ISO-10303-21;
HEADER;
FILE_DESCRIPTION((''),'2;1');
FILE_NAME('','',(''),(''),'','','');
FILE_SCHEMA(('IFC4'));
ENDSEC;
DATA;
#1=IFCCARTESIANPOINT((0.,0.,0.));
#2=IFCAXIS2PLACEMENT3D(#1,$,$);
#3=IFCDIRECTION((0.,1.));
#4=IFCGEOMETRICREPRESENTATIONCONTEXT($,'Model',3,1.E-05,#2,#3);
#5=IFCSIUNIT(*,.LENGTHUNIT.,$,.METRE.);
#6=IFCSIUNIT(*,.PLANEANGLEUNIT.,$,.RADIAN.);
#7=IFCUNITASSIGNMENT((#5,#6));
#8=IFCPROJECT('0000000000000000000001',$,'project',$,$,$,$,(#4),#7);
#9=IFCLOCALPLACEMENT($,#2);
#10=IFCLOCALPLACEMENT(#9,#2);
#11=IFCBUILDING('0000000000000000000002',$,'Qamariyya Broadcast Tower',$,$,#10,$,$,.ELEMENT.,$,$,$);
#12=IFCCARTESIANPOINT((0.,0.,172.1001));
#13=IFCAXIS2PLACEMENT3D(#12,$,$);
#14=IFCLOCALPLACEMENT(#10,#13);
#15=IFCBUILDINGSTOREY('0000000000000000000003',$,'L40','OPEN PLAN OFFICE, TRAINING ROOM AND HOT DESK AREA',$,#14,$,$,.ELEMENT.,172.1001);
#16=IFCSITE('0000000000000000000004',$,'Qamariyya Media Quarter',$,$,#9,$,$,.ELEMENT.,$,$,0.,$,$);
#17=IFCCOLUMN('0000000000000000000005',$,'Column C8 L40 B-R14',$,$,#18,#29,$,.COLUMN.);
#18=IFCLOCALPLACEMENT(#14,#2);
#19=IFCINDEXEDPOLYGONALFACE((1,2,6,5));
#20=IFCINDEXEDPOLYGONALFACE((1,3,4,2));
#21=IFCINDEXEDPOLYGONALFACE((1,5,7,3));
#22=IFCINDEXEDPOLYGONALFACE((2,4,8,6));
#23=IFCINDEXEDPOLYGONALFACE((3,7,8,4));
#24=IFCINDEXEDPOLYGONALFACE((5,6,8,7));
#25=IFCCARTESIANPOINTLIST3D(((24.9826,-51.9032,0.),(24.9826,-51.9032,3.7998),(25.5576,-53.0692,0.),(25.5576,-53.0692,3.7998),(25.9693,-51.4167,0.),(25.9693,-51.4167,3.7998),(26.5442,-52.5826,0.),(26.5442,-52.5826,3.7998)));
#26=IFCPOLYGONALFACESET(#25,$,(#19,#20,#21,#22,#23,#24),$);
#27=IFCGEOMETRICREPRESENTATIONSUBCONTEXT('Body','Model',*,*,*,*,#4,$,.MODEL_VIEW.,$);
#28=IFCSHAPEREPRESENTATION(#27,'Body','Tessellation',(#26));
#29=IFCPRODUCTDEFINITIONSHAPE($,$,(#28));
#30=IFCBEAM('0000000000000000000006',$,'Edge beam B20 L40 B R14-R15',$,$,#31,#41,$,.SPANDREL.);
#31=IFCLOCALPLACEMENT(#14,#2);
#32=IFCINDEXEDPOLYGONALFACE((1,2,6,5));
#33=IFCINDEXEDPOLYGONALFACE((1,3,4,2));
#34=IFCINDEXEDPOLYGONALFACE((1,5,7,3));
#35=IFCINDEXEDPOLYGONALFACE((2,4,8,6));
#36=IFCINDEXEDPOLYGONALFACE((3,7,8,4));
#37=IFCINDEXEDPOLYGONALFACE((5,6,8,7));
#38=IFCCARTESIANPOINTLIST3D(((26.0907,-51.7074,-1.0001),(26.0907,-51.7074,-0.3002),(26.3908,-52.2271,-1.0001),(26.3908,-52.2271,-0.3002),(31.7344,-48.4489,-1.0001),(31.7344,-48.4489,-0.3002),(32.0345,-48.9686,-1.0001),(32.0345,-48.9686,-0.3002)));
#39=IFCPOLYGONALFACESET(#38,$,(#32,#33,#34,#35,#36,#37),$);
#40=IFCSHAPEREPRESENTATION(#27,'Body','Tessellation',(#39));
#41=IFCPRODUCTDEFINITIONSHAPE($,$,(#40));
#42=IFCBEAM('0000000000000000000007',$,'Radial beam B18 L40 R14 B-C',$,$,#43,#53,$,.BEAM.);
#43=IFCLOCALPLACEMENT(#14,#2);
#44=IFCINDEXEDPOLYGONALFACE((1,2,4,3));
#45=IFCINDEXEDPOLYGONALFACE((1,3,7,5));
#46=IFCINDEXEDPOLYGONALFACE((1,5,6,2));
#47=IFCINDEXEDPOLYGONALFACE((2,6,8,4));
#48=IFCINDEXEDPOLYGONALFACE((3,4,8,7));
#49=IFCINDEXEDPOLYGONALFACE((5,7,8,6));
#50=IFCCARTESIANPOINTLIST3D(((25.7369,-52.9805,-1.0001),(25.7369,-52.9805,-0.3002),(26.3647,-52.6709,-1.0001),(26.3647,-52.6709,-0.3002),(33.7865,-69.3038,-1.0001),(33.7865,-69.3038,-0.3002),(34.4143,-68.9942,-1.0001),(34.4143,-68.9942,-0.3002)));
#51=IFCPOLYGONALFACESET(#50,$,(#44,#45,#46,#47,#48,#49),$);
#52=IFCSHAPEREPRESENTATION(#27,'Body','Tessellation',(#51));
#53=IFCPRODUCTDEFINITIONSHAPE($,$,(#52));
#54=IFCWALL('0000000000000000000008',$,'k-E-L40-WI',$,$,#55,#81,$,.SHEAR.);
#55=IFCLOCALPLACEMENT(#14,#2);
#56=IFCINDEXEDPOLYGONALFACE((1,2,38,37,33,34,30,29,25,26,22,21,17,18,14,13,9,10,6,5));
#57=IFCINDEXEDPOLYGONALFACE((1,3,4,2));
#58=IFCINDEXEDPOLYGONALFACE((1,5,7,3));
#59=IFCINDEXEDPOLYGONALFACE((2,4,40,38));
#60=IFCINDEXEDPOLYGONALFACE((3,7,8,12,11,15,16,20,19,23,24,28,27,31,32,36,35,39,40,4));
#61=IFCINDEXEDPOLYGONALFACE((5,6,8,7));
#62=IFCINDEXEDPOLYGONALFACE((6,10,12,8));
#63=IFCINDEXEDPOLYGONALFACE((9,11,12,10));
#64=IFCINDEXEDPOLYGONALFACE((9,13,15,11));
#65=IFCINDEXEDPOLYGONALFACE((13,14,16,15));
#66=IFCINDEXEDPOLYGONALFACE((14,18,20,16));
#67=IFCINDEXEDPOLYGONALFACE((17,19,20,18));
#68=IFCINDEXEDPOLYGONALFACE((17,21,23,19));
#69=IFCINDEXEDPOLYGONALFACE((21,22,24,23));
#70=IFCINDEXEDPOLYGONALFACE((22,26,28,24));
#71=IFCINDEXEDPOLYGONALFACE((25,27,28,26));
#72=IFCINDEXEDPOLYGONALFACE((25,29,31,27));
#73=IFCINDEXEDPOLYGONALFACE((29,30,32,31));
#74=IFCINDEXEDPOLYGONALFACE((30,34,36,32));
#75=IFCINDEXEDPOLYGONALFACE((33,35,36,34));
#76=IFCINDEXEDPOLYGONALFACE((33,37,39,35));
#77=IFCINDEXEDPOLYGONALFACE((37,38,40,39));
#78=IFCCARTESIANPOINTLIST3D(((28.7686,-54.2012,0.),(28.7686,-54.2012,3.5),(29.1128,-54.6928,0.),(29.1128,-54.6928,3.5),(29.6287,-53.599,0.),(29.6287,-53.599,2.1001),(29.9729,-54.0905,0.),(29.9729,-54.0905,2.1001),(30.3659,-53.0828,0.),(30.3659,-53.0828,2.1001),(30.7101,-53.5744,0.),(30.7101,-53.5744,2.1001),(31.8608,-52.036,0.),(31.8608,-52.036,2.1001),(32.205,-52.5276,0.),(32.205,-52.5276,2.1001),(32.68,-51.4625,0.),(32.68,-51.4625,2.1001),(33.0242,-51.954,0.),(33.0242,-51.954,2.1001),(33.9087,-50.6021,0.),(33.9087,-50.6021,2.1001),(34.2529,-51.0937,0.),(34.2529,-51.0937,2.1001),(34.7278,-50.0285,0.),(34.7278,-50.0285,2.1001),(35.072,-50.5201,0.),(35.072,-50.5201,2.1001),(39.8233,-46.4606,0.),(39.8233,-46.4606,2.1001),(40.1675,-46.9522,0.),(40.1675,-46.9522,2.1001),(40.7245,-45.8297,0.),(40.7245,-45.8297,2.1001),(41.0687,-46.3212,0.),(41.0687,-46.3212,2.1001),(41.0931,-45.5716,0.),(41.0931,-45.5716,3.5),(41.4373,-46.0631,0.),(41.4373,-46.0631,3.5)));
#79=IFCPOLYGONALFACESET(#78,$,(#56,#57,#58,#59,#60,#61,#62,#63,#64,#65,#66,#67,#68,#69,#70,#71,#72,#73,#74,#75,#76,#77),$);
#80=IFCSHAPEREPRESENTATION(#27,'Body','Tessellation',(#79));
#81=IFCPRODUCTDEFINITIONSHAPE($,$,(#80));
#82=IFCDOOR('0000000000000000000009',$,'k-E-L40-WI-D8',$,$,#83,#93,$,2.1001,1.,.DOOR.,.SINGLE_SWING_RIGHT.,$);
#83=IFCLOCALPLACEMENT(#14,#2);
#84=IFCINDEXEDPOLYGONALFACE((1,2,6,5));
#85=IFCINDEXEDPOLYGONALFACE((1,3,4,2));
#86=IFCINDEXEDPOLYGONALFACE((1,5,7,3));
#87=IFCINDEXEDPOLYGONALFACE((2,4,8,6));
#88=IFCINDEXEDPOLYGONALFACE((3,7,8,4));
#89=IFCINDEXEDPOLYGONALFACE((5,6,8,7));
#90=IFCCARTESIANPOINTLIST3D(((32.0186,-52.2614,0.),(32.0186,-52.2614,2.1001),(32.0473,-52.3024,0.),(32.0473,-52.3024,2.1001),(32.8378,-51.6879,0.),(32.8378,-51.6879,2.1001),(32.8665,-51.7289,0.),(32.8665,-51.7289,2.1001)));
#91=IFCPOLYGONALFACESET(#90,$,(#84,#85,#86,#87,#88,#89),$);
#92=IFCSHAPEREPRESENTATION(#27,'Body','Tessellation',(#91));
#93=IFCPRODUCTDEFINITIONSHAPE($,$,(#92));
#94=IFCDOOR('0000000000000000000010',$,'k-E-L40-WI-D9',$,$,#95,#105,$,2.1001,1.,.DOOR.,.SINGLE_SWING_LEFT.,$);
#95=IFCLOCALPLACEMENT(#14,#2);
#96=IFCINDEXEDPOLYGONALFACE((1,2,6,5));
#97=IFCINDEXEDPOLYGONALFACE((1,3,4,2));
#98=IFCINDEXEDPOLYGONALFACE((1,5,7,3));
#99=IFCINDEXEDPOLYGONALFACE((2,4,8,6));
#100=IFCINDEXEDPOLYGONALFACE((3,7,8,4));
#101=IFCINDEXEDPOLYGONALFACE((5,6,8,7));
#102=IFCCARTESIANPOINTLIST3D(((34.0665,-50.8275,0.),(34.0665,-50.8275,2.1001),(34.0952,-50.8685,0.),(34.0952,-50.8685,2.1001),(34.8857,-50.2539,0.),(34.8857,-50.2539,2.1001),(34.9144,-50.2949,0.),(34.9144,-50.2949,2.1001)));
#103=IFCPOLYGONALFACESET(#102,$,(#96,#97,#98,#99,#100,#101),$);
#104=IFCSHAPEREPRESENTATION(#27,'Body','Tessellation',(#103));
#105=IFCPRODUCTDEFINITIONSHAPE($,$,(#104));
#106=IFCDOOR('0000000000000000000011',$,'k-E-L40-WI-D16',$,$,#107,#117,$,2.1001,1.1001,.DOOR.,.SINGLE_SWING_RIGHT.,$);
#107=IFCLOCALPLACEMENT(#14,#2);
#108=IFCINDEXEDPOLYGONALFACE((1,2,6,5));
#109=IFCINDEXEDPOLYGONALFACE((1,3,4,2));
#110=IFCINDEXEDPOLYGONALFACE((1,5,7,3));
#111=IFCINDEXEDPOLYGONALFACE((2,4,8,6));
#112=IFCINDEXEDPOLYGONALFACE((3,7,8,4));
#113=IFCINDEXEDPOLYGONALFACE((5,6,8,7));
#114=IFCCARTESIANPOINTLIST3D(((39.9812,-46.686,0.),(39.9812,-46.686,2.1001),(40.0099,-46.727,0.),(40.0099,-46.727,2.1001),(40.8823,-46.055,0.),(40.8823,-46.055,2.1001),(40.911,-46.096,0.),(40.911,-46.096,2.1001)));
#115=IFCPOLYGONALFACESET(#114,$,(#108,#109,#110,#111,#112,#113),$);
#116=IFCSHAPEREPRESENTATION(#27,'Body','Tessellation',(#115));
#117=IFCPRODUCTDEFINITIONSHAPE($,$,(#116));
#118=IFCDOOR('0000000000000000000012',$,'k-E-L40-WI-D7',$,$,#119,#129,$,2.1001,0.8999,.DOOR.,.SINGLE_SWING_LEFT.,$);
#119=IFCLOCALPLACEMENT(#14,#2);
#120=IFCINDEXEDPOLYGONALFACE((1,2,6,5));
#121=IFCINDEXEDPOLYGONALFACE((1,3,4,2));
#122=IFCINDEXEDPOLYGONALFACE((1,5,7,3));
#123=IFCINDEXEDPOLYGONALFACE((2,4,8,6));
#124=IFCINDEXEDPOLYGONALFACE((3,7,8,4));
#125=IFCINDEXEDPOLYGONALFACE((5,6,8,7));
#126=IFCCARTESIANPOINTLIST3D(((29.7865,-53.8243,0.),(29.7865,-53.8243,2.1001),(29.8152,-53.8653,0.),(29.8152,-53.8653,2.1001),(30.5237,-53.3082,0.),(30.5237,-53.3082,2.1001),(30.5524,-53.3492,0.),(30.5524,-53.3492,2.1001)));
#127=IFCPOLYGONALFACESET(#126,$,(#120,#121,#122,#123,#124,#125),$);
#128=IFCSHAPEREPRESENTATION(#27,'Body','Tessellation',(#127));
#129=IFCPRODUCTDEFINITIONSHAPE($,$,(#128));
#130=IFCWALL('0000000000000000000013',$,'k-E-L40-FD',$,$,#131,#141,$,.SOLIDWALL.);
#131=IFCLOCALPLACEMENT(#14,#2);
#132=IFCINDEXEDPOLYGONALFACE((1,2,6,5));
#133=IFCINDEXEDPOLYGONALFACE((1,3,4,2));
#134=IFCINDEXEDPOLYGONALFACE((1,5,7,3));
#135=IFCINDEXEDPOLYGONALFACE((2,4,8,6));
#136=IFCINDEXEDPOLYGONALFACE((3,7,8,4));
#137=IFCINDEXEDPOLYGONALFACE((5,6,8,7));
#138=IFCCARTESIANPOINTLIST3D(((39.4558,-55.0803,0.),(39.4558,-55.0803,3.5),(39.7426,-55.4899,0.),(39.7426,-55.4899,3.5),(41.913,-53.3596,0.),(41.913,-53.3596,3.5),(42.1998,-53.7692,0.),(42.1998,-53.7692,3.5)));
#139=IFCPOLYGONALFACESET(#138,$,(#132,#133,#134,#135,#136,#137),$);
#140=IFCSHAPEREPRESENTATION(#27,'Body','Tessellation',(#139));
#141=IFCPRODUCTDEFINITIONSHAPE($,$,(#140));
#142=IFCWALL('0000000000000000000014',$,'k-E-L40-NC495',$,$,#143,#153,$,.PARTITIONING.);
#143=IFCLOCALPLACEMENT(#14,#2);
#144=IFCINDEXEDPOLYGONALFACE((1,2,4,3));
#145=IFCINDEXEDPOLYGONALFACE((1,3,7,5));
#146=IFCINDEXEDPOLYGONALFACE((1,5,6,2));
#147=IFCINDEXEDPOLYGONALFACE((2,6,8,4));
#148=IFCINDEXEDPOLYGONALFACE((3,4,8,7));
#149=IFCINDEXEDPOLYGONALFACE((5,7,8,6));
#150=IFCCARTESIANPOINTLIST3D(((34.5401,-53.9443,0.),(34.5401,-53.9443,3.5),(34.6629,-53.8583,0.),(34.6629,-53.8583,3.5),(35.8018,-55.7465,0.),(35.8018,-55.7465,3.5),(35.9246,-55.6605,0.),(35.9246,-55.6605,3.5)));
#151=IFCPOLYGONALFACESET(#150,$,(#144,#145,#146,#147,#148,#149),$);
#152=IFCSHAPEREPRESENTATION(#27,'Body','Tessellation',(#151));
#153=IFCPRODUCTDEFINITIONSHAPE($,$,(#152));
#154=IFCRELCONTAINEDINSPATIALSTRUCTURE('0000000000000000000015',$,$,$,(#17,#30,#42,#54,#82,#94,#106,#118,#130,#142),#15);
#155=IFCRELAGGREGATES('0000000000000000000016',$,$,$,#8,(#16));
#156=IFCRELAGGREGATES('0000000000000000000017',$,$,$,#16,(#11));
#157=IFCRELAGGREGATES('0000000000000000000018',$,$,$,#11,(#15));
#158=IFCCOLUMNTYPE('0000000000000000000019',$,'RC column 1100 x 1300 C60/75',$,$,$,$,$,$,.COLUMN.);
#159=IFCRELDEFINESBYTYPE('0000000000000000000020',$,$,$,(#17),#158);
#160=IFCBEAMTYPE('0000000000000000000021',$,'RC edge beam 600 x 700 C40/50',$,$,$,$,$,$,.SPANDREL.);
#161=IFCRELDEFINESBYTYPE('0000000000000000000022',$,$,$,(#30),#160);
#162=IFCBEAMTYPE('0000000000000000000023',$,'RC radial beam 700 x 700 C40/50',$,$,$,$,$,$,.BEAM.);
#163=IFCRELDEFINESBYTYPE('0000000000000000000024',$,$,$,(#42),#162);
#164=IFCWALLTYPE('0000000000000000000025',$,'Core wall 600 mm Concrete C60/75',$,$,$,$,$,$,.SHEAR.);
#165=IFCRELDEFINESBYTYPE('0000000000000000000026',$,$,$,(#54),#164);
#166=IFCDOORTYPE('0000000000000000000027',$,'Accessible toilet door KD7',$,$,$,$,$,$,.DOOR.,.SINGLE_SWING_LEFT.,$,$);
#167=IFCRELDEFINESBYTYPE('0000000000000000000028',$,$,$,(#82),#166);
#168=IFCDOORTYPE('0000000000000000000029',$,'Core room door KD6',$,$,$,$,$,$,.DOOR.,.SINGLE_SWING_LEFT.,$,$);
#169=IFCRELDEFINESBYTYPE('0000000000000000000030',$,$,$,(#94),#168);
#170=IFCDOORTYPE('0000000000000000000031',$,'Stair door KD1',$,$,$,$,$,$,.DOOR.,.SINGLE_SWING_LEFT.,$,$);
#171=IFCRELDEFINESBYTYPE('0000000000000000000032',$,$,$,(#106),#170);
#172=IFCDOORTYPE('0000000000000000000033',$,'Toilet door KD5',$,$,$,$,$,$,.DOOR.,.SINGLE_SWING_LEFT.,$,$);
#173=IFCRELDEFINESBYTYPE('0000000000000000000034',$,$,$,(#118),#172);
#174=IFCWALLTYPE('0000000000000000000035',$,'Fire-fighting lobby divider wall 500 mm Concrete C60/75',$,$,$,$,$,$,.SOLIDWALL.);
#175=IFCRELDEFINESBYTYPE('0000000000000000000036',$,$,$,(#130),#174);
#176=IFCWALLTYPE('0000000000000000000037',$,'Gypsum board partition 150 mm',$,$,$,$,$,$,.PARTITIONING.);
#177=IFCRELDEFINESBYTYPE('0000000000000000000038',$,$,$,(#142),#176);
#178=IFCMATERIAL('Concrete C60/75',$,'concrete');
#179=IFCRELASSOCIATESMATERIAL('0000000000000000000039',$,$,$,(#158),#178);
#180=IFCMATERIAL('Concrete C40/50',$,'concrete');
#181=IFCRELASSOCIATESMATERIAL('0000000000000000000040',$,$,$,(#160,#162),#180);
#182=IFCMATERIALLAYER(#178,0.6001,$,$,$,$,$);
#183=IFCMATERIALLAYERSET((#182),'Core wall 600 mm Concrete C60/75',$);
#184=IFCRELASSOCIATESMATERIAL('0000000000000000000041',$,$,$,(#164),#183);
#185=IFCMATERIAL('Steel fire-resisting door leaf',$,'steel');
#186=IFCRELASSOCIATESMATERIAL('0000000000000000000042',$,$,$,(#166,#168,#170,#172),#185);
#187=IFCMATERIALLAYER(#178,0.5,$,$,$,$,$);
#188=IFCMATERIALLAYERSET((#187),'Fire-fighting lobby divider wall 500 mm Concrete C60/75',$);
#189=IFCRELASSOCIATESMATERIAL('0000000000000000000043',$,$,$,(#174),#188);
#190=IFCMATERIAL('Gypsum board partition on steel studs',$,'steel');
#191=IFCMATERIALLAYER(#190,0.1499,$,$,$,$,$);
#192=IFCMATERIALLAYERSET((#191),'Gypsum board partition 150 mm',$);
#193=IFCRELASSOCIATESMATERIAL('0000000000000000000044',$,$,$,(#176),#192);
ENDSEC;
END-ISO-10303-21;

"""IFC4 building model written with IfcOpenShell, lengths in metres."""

from ifc_helpers import new_model, si_unit, direction, frame, frame_2d, origin, origin_2d, place, context, subcontext, project, spatial, rectangle, extrude, material, layer, layer_set, material_profile, profile_set, type_object, element, fill, save


model = new_model("IFC4")

# Units and contexts
model_context = context("Model", 3, precision=1e-05, world=origin(), true_north=direction((0.0, 1.0)))
body_context = subcontext(model_context, "Body", "Model", "MODEL_VIEW")
ifc_project = project(units=[si_unit("LENGTHUNIT", "METRE"), si_unit("PLANEANGLEUNIT", "RADIAN")], contexts=[model_context])

# Site, building, storey
site_placement = place(None, origin())
site = spatial("IfcSite", under=ifc_project, at=site_placement, Name="Qamariyya Media Quarter", CompositionType="ELEMENT", RefElevation=0.0)
building_placement = place(site_placement, origin())
building = spatial("IfcBuilding", under=site, at=building_placement, Name="Qamariyya Broadcast Tower", CompositionType="ELEMENT")
storey_placement = place(building_placement, frame((0.0, 0.0, 172.1001)))
storey = spatial("IfcBuildingStorey", under=building, at=storey_placement, Name="L40", Description="OPEN PLAN OFFICE, TRAINING ROOM AND HOT DESK AREA", CompositionType="ELEMENT", Elevation=172.1001)

# Column
ifc_material_1 = material(Name="Concrete C60/75", Category="concrete")
ifc_material_profile_1 = material_profile(ifc_material_1, rectangle(XDim=1.1001, YDim=1.3, at=origin_2d()))
ifc_profile_set_1 = profile_set([ifc_material_profile_1], Name="Concrete C60/75")
column_type = type_object("IfcColumnType", Name="RC column 1100 x 1300 C60/75", PredefinedType="COLUMN", material=ifc_profile_set_1)
column_placement = place(storey_placement, frame((25.7634, -52.2429, 0.0), z_axis=(0.0, 0.0, 1.0), x_axis=(0.896873, 0.442289, 0.0)))
element("IfcColumn", 1, at=column_placement, inside=storey, type_object=column_type, Name="Column C8 L40 B-R14", PredefinedType="COLUMN", context=body_context, shape_type="SweptSolid", body=[
    extrude(rectangle(XDim=1.1001, YDim=1.3, at=origin_2d()), origin(), (0.0, 0.0, 1.0), 3.7998),
])

# Beams
ifc_material_2 = material(Name="Concrete C40/50", Category="concrete")
ifc_material_profile_2 = material_profile(ifc_material_2, rectangle(XDim=0.6001, YDim=0.7, at=origin_2d()))
ifc_profile_set_2 = profile_set([ifc_material_profile_2], Name="Concrete C40/50")
beam_type_1 = type_object("IfcBeamType", Name="RC edge beam 600 x 700 C40/50", PredefinedType="SPANDREL", material=ifc_profile_set_2)
beam_1_placement = place(storey_placement, frame((26.2407, -51.9673, -0.6501), z_axis=(0.866019, 0.500011, 0.0), x_axis=(-0.500011, 0.866019, 0.0)))
element("IfcBeam", 2, at=beam_1_placement, inside=storey, type_object=beam_type_1, Name="Edge beam B20 L40 B R14-R15", PredefinedType="SPANDREL", context=body_context, shape_type="SweptSolid", body=[
    extrude(rectangle(XDim=0.6001, YDim=0.7, at=origin_2d()), origin(), (0.0, 0.0, 1.0), 6.5168),
])
ifc_material_profile_3 = material_profile(ifc_material_2, rectangle(XDim=0.7, YDim=0.7, at=origin_2d()))
ifc_profile_set_3 = profile_set([ifc_material_profile_3], Name="Concrete C40/50")
beam_type_2 = type_object("IfcBeamType", Name="RC radial beam 700 x 700 C40/50", PredefinedType="BEAM", material=ifc_profile_set_3)
beam_2_placement = place(storey_placement, frame((26.0508, -52.8257, -0.6501), z_axis=(0.442281, -0.896876, 0.0), x_axis=(0.896876, 0.442281, 0.0)))
element("IfcBeam", 3, at=beam_2_placement, inside=storey, type_object=beam_type_2, Name="Radial beam B18 L40 R14 B-C", PredefinedType="BEAM", context=body_context, shape_type="SweptSolid", body=[
    extrude(rectangle(XDim=0.7, YDim=0.7, at=origin_2d()), origin(), (0.0, 0.0, 1.0), 18.2002),
])

# Wall, openings, doors
ifc_layer_1 = layer(ifc_material_1, 0.6001)
ifc_layer_set_1 = layer_set([ifc_layer_1], Name="Core wall 600 mm Concrete C60/75")
wall_type_1 = type_object("IfcWallType", Name="Core wall 600 mm Concrete C60/75", PredefinedType="SHEAR", material=ifc_layer_set_1)
wall_1_placement = place(storey_placement, frame((28.9407, -54.447, 0.0), z_axis=(0.0, 0.0, 1.0), x_axis=(0.819153, 0.573575, 0.0)))
wall_1 = element("IfcWall", 4, at=wall_1_placement, inside=storey, type_object=wall_type_1, Name="k-E-L40-WI", PredefinedType="SHEAR", context=body_context, shape_type="SweptSolid", body=[
    extrude(rectangle(XDim=15.0454, YDim=0.6001, at=frame_2d((7.5227, 0.0))), origin(), (0.0, 0.0, 1.0), 3.5),
])
opening_1_placement = place(wall_1_placement, frame((1.05, 0.0, 0.0)))
opening_1 = element("IfcOpeningElement", 5, at=opening_1_placement, cuts=wall_1, PredefinedType="OPENING", context=body_context, shape_type="SweptSolid", body=[
    extrude(rectangle(XDim=0.8999, YDim=2.1001, at=frame_2d((0.45, 1.05))), frame((0.0, 0.3101, 0.0), z_axis=(0.0, -1.0, 0.0), x_axis=(1.0, 0.0, 0.0)), (0.0, 0.0, 1.0), 0.6201),
])
opening_2_placement = place(wall_1_placement, frame((3.7749, 0.0, 0.0)))
opening_2 = element("IfcOpeningElement", 6, at=opening_2_placement, cuts=wall_1, PredefinedType="OPENING", context=body_context, shape_type="SweptSolid", body=[
    extrude(rectangle(XDim=1.0, YDim=2.1001, at=frame_2d((0.5, 1.05))), frame((0.0, 0.3101, 0.0), z_axis=(0.0, -1.0, 0.0), x_axis=(1.0, 0.0, 0.0)), (0.0, 0.0, 1.0), 0.6201),
])
opening_3_placement = place(wall_1_placement, frame((6.2749, 0.0, 0.0)))
opening_3 = element("IfcOpeningElement", 7, at=opening_3_placement, cuts=wall_1, PredefinedType="OPENING", context=body_context, shape_type="SweptSolid", body=[
    extrude(rectangle(XDim=1.0, YDim=2.1001, at=frame_2d((0.5, 1.05))), frame((0.0, 0.3101, 0.0), z_axis=(0.0, -1.0, 0.0), x_axis=(1.0, 0.0, 0.0)), (0.0, 0.0, 1.0), 0.6201),
])
opening_4_placement = place(wall_1_placement, frame((13.4954, 0.0, 0.0)))
opening_4 = element("IfcOpeningElement", 8, at=opening_4_placement, cuts=wall_1, PredefinedType="OPENING", context=body_context, shape_type="SweptSolid", body=[
    extrude(rectangle(XDim=1.1001, YDim=2.1001, at=frame_2d((0.55, 1.05))), frame((0.0, 0.3101, 0.0), z_axis=(0.0, -1.0, 0.0), x_axis=(1.0, 0.0, 0.0)), (0.0, 0.0, 1.0), 0.6201),
])
ifc_material_3 = material(Name="Steel fire-resisting door leaf", Category="steel")
door_type_1 = type_object("IfcDoorType", Name="Accessible toilet door KD7", OperationType="SINGLE_SWING_LEFT", PredefinedType="DOOR", material=ifc_material_3)
door_1_placement = place(opening_2_placement, origin())
door_1 = element("IfcDoor", 9, at=door_1_placement, inside=storey, type_object=door_type_1, Name="k-E-L40-WI-D8", OperationType="SINGLE_SWING_RIGHT", OverallHeight=2.1001, OverallWidth=1.0, PredefinedType="DOOR", context=body_context, shape_type="SweptSolid", body=[
    extrude(rectangle(XDim=1.0, YDim=2.1001, at=frame_2d((0.5, 1.05))), frame((0.0, 0.0249, 0.0), z_axis=(0.0, -1.0, 0.0), x_axis=(1.0, 0.0, 0.0)), (0.0, 0.0, 1.0), 0.05),
])
fill(opening_2, door_1)
door_type_2 = type_object("IfcDoorType", Name="Core room door KD6", OperationType="SINGLE_SWING_LEFT", PredefinedType="DOOR", material=ifc_material_3)
door_2_placement = place(opening_3_placement, origin())
door_2 = element("IfcDoor", 10, at=door_2_placement, inside=storey, type_object=door_type_2, Name="k-E-L40-WI-D9", OperationType="SINGLE_SWING_LEFT", OverallHeight=2.1001, OverallWidth=1.0, PredefinedType="DOOR", context=body_context, shape_type="SweptSolid", body=[
    extrude(rectangle(XDim=1.0, YDim=2.1001, at=frame_2d((0.5, 1.05))), frame((0.0, 0.0249, 0.0), z_axis=(0.0, -1.0, 0.0), x_axis=(1.0, 0.0, 0.0)), (0.0, 0.0, 1.0), 0.05),
])
fill(opening_3, door_2)
door_type_3 = type_object("IfcDoorType", Name="Stair door KD1", OperationType="SINGLE_SWING_LEFT", PredefinedType="DOOR", material=ifc_material_3)
door_3_placement = place(opening_4_placement, origin())
door_3 = element("IfcDoor", 11, at=door_3_placement, inside=storey, type_object=door_type_3, Name="k-E-L40-WI-D16", OperationType="SINGLE_SWING_RIGHT", OverallHeight=2.1001, OverallWidth=1.1001, PredefinedType="DOOR", context=body_context, shape_type="SweptSolid", body=[
    extrude(rectangle(XDim=1.1001, YDim=2.1001, at=frame_2d((0.55, 1.05))), frame((0.0, 0.0249, 0.0), z_axis=(0.0, -1.0, 0.0), x_axis=(1.0, 0.0, 0.0)), (0.0, 0.0, 1.0), 0.05),
])
fill(opening_4, door_3)
door_type_4 = type_object("IfcDoorType", Name="Toilet door KD5", OperationType="SINGLE_SWING_LEFT", PredefinedType="DOOR", material=ifc_material_3)
door_4_placement = place(opening_1_placement, origin())
door_4 = element("IfcDoor", 12, at=door_4_placement, inside=storey, type_object=door_type_4, Name="k-E-L40-WI-D7", OperationType="SINGLE_SWING_LEFT", OverallHeight=2.1001, OverallWidth=0.8999, PredefinedType="DOOR", context=body_context, shape_type="SweptSolid", body=[
    extrude(rectangle(XDim=0.8999, YDim=2.1001, at=frame_2d((0.45, 1.05))), frame((0.0, 0.0249, 0.0), z_axis=(0.0, -1.0, 0.0), x_axis=(1.0, 0.0, 0.0)), (0.0, 0.0, 1.0), 0.05),
])
fill(opening_1, door_4)

# Walls
ifc_layer_2 = layer(ifc_material_1, 0.5)
ifc_layer_set_2 = layer_set([ifc_layer_2], Name="Fire-fighting lobby divider wall 500 mm Concrete C60/75")
wall_type_2 = type_object("IfcWallType", Name="Fire-fighting lobby divider wall 500 mm Concrete C60/75", PredefinedType="SOLIDWALL", material=ifc_layer_set_2)
wall_2_placement = place(storey_placement, frame((39.5991, -55.2852, 0.0), z_axis=(0.0, 0.0, 1.0), x_axis=(0.819136, 0.573599, 0.0)))
element("IfcWall", 13, at=wall_2_placement, inside=storey, type_object=wall_type_2, Name="k-E-L40-FD", PredefinedType="SOLIDWALL", context=body_context, shape_type="SweptSolid", body=[
    extrude(rectangle(XDim=2.9998, YDim=0.5, at=frame_2d((1.5, 0.0))), origin(), (0.0, 0.0, 1.0), 3.5),
])
ifc_material_4 = material(Name="Gypsum board partition on steel studs", Category="steel")
ifc_layer_3 = layer(ifc_material_4, 0.1499)
ifc_layer_set_3 = layer_set([ifc_layer_3], Name="Gypsum board partition 150 mm")
wall_type_3 = type_object("IfcWallType", Name="Gypsum board partition 150 mm", PredefinedType="PARTITIONING", material=ifc_layer_set_3)
wall_3_placement = place(storey_placement, frame((35.8633, -55.7036, 0.0), z_axis=(0.0, 0.0, 1.0), x_axis=(-0.573507, 0.819201, 0.0)))
element("IfcWall", 14, at=wall_3_placement, inside=storey, type_object=wall_type_3, Name="k-E-L40-NC495", PredefinedType="PARTITIONING", context=body_context, shape_type="SweptSolid", body=[
    extrude(rectangle(XDim=2.2, YDim=0.1499, at=frame_2d((1.1001, 0.0))), origin(), (0.0, 0.0, 1.0), 3.5),
])

save(model, "model.ifc")
